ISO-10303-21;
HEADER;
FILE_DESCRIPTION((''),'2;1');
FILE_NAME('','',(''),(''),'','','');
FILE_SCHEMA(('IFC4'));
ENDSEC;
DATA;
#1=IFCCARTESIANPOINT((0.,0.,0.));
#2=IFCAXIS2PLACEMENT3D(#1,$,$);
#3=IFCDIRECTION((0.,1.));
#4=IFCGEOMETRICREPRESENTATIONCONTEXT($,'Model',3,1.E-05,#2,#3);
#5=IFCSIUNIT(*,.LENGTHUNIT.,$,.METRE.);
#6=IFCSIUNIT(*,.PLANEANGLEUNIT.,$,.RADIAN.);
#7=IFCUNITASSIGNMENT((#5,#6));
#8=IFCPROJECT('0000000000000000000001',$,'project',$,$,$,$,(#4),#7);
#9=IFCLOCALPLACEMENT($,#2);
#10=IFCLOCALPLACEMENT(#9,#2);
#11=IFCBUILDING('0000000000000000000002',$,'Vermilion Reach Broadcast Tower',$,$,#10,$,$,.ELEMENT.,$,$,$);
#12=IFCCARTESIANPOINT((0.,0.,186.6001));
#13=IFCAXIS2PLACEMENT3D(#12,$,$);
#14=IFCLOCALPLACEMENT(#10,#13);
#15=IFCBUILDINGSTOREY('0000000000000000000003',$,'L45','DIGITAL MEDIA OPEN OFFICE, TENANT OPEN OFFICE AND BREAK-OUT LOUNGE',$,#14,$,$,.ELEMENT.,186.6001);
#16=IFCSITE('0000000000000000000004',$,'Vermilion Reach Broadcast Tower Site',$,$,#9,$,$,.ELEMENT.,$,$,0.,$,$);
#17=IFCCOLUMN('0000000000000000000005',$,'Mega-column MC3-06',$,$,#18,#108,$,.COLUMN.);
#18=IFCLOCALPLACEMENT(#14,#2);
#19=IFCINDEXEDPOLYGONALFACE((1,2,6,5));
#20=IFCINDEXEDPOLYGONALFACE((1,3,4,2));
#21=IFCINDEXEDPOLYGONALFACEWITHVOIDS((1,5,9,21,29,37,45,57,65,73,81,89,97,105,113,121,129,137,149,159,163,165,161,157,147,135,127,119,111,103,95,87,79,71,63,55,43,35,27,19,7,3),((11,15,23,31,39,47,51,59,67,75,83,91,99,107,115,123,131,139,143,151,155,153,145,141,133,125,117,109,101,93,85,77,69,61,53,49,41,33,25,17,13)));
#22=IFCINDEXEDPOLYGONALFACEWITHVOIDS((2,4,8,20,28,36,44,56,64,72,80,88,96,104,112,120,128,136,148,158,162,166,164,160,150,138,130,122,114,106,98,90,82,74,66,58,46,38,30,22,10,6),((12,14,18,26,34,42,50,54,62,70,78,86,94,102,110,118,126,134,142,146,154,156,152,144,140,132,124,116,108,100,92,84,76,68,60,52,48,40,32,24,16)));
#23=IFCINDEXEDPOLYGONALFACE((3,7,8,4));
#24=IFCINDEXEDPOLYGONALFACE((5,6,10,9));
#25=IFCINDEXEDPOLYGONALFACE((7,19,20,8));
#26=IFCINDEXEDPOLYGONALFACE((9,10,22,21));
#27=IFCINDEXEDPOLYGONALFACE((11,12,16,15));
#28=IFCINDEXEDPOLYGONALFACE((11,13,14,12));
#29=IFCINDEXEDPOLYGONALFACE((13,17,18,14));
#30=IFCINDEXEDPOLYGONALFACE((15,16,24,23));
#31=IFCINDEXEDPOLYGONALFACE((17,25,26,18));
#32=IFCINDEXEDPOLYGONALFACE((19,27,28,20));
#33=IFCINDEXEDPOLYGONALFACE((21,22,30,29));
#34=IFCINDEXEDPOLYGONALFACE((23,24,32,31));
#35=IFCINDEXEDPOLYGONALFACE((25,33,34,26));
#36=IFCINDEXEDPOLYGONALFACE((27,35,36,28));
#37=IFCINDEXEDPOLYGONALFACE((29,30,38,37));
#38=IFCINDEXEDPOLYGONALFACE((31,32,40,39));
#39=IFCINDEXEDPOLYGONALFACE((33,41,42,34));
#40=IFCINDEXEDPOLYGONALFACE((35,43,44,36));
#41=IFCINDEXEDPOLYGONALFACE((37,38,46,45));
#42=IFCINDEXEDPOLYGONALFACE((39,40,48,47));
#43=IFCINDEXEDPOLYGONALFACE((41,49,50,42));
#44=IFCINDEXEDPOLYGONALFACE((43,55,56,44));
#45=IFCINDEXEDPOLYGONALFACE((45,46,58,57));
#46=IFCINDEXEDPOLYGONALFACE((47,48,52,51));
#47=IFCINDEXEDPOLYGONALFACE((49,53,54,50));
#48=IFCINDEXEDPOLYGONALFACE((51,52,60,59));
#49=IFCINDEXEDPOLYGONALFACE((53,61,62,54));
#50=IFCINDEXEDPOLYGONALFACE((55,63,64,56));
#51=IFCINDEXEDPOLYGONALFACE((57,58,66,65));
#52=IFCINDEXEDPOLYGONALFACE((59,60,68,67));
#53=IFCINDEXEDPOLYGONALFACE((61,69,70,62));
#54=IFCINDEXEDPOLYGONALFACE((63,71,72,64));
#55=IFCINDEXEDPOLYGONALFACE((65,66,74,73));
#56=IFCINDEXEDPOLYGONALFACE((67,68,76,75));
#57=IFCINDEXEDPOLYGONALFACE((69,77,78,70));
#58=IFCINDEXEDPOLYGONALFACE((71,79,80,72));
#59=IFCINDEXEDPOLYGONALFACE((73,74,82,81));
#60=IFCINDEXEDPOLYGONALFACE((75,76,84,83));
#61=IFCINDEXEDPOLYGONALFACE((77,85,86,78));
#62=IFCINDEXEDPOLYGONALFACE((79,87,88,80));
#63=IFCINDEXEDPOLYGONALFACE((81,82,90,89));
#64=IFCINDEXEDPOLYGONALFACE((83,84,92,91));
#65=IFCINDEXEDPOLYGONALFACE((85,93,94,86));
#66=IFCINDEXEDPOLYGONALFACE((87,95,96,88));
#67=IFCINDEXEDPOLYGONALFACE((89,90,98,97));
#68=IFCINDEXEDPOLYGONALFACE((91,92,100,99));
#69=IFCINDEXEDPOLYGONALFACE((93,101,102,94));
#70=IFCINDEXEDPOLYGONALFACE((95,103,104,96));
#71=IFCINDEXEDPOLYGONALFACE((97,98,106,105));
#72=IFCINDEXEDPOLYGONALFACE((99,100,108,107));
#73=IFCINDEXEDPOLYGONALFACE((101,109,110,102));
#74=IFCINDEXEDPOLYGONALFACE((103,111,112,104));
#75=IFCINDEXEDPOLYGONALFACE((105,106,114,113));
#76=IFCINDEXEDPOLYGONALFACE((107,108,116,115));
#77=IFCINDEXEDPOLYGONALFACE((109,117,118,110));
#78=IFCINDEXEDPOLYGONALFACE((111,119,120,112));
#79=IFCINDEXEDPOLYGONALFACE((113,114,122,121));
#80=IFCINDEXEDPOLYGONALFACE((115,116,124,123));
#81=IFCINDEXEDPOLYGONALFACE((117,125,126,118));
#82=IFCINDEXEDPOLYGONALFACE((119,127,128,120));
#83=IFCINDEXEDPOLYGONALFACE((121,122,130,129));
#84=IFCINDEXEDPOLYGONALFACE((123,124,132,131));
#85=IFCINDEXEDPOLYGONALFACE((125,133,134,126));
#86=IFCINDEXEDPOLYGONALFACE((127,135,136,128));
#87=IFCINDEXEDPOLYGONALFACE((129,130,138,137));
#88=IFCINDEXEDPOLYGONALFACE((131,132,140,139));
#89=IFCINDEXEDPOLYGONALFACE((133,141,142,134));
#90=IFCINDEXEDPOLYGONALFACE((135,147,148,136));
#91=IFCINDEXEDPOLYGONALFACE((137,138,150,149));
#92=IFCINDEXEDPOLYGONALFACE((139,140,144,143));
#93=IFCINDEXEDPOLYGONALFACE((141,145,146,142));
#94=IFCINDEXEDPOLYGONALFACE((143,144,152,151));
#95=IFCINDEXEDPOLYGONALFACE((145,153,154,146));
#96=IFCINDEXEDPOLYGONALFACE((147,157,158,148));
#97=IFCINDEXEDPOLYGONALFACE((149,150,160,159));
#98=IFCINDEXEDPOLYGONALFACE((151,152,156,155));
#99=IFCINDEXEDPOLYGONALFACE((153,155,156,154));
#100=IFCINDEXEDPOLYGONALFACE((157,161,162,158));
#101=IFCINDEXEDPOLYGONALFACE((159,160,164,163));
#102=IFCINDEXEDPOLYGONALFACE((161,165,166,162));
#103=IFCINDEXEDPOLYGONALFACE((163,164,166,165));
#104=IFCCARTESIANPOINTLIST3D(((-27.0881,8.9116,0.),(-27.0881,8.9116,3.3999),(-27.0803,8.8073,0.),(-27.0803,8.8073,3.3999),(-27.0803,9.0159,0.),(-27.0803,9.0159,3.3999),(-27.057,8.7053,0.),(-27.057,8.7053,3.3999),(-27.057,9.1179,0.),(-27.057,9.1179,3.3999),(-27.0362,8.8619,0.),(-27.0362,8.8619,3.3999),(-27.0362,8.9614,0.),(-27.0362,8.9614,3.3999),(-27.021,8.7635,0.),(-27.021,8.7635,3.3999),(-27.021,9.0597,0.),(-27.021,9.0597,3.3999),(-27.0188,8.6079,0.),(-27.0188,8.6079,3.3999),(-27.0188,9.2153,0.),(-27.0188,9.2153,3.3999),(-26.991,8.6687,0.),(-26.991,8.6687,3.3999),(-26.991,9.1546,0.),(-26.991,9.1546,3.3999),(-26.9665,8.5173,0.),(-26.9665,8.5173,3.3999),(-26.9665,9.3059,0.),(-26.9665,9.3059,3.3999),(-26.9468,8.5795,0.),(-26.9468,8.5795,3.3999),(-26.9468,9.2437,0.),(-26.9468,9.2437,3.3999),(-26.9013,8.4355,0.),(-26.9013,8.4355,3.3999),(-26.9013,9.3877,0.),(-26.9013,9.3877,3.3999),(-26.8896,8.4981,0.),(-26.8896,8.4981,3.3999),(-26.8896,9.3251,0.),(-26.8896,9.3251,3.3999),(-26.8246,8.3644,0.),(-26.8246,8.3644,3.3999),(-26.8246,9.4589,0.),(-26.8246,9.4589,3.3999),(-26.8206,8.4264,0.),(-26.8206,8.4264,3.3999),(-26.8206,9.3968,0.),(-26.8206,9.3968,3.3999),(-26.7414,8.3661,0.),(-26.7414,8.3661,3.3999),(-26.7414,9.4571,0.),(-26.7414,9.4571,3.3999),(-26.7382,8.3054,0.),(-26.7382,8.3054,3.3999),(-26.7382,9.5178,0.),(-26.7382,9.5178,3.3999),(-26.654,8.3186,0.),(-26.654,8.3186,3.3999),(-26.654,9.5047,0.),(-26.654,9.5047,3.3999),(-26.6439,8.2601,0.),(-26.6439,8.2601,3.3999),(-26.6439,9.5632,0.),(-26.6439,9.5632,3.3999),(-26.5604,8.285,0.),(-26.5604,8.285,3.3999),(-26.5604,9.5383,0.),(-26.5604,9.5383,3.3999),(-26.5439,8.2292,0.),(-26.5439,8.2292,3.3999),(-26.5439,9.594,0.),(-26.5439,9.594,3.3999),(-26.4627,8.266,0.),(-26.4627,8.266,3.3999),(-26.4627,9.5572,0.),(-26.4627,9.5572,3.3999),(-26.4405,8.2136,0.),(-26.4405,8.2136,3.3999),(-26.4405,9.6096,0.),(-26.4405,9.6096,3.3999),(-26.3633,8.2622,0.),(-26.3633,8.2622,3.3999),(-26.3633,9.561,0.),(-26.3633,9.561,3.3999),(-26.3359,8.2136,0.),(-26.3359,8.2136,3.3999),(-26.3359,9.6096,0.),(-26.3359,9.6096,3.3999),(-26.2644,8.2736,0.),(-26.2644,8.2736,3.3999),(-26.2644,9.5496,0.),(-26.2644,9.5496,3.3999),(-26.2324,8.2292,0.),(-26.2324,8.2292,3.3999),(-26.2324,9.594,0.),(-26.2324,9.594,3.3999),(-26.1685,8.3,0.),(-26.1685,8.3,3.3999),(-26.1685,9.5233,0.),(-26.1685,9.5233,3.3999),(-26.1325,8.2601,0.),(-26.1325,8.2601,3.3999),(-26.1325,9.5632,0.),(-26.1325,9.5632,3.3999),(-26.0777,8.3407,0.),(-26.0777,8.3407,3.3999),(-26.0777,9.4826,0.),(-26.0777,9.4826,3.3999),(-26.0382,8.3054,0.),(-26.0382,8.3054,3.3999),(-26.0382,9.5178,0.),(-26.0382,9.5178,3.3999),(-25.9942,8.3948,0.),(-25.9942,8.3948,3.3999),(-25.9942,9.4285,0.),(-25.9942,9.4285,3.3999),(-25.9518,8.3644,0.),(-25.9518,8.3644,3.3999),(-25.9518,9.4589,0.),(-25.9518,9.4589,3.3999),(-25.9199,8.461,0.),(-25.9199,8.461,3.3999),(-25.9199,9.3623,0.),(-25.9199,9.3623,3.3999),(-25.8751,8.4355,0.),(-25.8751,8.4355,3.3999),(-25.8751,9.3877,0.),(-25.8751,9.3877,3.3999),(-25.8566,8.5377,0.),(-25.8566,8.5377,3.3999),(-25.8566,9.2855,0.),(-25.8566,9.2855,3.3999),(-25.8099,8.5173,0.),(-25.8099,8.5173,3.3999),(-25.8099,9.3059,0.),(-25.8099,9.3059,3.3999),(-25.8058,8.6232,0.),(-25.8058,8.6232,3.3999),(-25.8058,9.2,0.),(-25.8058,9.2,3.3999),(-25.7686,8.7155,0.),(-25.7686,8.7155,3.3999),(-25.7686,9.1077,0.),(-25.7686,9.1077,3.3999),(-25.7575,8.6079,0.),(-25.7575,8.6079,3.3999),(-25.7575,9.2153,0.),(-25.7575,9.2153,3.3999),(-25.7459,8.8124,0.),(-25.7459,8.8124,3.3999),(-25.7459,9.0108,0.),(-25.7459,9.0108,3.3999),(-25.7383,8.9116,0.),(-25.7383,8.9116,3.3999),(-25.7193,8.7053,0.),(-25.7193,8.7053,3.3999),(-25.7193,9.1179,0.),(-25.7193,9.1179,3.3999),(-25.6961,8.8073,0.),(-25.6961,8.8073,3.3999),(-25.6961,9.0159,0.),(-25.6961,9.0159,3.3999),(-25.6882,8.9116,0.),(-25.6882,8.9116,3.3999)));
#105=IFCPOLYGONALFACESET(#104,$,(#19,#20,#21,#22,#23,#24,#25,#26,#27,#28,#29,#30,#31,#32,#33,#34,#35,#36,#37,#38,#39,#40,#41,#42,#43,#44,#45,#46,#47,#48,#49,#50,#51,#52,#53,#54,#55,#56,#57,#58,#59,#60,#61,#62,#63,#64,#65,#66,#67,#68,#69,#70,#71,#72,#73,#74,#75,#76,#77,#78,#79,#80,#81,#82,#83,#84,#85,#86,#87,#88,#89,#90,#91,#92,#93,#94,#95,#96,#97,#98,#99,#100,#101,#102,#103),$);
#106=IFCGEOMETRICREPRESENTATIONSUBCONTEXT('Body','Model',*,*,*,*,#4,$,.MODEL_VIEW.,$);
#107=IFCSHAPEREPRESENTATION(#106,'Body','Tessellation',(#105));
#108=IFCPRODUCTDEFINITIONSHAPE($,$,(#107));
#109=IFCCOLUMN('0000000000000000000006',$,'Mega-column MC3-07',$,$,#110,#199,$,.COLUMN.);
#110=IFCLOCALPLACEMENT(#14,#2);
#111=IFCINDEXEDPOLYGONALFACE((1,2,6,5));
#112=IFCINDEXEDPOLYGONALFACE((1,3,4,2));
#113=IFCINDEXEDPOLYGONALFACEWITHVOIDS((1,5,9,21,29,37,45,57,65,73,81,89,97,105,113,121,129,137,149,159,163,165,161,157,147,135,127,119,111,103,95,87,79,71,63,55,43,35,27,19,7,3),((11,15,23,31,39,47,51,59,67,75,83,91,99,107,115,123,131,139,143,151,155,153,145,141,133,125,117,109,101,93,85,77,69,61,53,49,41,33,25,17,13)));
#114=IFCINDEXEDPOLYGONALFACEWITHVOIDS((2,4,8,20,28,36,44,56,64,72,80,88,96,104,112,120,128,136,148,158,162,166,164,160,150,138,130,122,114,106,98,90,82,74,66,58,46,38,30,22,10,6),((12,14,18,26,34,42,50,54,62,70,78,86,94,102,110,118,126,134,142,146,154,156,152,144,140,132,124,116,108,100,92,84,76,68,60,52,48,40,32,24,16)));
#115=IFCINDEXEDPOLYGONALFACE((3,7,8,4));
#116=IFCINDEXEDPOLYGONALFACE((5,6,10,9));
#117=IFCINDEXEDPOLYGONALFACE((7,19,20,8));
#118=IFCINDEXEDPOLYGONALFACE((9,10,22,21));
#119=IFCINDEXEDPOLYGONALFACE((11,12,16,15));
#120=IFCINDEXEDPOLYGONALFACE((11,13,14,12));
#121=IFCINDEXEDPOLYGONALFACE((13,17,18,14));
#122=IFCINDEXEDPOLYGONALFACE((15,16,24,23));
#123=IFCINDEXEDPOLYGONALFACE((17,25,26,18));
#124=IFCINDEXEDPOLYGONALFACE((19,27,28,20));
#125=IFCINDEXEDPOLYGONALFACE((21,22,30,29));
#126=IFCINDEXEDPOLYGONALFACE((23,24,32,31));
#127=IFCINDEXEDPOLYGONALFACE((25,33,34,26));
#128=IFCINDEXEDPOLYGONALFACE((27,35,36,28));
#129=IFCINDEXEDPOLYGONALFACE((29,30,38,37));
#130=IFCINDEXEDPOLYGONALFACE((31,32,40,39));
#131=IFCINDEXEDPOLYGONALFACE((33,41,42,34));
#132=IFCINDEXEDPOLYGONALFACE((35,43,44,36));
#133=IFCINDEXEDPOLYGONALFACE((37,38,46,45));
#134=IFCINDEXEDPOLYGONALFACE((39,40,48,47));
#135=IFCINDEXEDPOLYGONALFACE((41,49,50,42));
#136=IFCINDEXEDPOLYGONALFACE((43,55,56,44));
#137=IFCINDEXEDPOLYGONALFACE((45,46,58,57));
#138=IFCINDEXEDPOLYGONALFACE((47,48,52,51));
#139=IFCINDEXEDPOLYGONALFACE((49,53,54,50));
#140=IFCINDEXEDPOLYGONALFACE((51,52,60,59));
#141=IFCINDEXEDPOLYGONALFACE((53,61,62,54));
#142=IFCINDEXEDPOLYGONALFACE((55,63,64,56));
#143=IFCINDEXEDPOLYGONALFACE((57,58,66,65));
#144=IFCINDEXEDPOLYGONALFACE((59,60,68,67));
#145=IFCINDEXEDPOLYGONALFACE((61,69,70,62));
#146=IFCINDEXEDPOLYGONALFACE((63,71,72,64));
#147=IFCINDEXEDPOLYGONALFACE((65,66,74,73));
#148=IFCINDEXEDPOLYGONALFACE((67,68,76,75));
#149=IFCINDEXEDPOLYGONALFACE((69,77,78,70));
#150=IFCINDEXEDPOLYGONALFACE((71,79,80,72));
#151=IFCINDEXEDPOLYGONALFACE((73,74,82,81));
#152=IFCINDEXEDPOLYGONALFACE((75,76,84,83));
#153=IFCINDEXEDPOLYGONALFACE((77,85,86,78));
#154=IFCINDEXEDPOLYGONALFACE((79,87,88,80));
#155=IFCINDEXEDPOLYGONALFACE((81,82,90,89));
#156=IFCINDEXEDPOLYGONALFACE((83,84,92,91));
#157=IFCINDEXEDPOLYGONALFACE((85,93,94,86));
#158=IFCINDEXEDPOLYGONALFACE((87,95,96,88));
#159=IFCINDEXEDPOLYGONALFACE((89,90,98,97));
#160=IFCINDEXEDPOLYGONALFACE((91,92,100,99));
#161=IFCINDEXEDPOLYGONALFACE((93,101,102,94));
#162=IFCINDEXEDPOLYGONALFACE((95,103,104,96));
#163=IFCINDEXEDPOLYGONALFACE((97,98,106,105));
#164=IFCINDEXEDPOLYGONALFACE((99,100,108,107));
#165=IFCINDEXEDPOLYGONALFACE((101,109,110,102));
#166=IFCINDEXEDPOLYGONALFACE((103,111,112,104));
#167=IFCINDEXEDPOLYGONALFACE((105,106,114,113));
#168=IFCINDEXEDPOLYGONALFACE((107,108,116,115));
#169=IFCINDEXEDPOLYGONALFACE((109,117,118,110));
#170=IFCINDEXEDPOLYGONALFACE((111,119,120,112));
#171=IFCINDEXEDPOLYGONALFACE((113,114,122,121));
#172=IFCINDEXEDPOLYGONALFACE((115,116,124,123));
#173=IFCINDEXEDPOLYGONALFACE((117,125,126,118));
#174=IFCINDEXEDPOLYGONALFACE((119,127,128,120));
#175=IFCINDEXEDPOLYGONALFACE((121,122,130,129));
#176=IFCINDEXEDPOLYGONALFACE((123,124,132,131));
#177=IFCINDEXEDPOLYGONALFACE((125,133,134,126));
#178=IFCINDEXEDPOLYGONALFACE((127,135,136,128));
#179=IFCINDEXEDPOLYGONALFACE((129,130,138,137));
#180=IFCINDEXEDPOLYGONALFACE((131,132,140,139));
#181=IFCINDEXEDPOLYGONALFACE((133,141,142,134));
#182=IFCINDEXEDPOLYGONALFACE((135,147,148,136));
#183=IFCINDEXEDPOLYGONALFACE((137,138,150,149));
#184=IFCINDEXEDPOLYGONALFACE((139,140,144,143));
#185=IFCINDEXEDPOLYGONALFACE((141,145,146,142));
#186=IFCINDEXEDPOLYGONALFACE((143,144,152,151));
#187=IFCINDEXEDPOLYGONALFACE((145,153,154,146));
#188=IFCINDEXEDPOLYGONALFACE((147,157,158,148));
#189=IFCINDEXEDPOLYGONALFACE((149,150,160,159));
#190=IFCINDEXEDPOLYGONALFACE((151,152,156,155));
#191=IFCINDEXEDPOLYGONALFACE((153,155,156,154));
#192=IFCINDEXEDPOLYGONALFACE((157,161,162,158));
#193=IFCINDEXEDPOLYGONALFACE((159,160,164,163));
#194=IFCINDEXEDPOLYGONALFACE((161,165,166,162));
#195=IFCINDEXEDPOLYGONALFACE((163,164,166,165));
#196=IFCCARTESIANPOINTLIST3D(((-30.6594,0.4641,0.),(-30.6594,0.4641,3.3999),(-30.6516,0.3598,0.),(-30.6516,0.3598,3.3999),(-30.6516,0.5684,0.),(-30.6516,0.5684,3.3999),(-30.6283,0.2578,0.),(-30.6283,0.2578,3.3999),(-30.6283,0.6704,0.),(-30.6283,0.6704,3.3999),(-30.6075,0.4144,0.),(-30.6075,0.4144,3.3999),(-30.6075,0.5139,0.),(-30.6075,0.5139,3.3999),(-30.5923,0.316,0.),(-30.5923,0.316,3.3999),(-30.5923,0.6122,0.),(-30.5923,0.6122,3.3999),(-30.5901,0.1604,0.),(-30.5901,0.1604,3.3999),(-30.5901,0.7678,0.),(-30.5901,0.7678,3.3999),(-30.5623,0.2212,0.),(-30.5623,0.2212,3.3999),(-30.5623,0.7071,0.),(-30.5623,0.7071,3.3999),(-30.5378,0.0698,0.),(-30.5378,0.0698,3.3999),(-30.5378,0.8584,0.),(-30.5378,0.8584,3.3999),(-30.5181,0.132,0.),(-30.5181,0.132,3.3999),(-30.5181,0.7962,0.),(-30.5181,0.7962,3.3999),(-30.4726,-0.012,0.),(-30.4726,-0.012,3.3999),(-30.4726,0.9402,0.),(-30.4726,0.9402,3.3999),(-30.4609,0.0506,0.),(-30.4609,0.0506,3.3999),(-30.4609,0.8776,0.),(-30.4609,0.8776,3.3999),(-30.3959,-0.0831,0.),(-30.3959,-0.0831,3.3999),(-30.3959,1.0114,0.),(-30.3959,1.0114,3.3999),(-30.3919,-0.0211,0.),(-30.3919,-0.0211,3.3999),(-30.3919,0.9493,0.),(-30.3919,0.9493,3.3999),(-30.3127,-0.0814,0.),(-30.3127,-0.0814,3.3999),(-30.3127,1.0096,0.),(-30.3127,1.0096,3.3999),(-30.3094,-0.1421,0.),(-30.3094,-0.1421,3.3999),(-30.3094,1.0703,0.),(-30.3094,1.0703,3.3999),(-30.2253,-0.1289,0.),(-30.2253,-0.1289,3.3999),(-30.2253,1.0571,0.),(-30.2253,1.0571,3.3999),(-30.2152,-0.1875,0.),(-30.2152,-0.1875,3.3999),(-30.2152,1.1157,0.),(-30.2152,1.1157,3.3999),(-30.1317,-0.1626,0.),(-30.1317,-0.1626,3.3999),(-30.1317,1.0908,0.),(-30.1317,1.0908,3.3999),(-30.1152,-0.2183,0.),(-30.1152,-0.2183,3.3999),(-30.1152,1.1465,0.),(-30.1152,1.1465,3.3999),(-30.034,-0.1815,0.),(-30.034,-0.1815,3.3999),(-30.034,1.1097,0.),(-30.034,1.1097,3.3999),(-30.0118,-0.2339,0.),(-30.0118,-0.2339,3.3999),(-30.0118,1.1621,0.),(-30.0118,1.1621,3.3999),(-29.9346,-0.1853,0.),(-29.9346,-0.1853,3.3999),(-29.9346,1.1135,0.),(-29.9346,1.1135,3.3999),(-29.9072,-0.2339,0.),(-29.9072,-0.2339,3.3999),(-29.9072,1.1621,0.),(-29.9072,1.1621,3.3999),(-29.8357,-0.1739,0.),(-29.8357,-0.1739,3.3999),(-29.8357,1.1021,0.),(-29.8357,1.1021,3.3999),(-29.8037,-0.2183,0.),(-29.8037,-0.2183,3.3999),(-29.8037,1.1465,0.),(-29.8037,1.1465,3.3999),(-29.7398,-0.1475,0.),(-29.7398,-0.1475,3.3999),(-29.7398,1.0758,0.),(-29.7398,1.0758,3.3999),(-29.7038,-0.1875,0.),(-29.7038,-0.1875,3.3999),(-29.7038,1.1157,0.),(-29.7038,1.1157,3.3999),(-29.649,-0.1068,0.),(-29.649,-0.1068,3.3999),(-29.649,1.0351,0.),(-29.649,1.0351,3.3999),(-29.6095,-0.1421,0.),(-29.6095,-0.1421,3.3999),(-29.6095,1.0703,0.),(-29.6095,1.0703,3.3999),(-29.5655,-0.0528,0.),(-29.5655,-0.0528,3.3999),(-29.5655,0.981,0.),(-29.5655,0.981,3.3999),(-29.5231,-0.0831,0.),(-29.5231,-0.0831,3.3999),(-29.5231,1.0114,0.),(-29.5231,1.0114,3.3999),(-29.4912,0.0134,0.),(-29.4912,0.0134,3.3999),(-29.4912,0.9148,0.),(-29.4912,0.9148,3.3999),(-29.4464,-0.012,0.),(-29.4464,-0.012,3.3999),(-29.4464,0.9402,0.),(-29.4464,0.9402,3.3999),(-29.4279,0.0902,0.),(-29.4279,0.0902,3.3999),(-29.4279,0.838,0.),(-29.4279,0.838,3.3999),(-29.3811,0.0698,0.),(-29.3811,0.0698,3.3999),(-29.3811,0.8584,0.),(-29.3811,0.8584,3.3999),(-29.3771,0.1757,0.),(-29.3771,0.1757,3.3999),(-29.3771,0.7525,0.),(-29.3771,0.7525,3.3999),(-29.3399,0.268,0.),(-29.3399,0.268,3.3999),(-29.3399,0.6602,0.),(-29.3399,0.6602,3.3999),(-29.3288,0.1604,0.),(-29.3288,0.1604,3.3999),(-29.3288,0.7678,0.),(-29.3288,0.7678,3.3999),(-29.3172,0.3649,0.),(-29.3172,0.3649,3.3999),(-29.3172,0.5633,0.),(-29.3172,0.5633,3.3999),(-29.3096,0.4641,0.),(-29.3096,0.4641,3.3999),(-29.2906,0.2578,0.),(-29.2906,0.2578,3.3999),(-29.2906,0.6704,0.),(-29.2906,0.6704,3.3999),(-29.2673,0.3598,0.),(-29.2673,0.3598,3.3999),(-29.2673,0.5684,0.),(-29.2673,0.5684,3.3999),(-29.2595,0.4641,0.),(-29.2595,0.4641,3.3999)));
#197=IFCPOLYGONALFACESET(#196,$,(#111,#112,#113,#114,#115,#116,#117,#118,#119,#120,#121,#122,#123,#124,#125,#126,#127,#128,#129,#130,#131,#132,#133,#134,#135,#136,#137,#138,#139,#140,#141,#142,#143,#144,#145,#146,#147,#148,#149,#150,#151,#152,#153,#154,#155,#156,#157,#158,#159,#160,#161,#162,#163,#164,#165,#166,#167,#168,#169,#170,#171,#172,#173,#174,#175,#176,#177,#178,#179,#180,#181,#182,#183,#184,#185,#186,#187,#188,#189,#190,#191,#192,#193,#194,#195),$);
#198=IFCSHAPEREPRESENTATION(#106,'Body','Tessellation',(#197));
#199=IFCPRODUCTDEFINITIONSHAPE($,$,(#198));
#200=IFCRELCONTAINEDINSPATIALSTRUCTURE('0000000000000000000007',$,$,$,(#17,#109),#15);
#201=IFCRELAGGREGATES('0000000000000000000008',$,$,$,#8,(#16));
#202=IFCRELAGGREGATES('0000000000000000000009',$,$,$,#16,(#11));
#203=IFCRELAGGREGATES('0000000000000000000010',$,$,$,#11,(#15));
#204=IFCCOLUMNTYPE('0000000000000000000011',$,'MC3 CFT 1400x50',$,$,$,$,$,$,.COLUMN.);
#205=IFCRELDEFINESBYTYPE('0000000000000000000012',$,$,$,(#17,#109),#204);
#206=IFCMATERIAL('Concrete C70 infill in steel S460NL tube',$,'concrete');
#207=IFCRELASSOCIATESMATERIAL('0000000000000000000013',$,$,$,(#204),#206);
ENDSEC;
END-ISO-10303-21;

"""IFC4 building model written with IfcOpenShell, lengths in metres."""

from ifc_helpers import new_model, si_unit, direction, frame, origin, origin_2d, place, context, subcontext, project, spatial, hollow_circle, extrude, material, material_profile, profile_set, type_object, element, save


model = new_model("IFC4")

# Units and contexts
model_context = context("Model", 3, precision=1e-05, world=origin(), true_north=direction((0.0, 1.0)))
body_context = subcontext(model_context, "Body", "Model", "MODEL_VIEW")
ifc_project = project(units=[si_unit("LENGTHUNIT", "METRE"), si_unit("PLANEANGLEUNIT", "RADIAN")], contexts=[model_context])

# Site, building, storey
site_placement = place(None, origin())
site = spatial("IfcSite", under=ifc_project, at=site_placement, Name="Vermilion Reach Broadcast Tower Site", CompositionType="ELEMENT", RefElevation=0.0)
building_placement = place(site_placement, origin())
building = spatial("IfcBuilding", under=site, at=building_placement, Name="Vermilion Reach Broadcast Tower", CompositionType="ELEMENT")
storey_placement = place(building_placement, frame((0.0, 0.0, 186.6001)))
storey = spatial("IfcBuildingStorey", under=building, at=storey_placement, Name="L45", Description="DIGITAL MEDIA OPEN OFFICE, TENANT OPEN OFFICE AND BREAK-OUT LOUNGE", CompositionType="ELEMENT", Elevation=186.6001)

# Columns
ifc_material_1 = material(Name="Concrete C70 infill in steel S460NL tube", Category="concrete")
ifc_material_profile_1 = material_profile(ifc_material_1, hollow_circle(Radius=0.7, WallThickness=0.05, at=origin_2d()), Name="Concrete C70 infill in steel S460NL tube CFT 1400x50")
ifc_profile_set_1 = profile_set([ifc_material_profile_1], Name="Concrete C70 infill in steel S460NL tube")
column_type = type_object("IfcColumnType", Name="MC3 CFT 1400x50", PredefinedType="COLUMN", material=ifc_profile_set_1)
for number, where, z_axis, x_axis, name in (
    (1, (-26.3882, 8.9116, 0.0), (0.0, 0.0, 1.0), (1.0, 0.0, 0.0), "Mega-column MC3-06"),
    (2, (-29.9595, 0.4641, 0.0), (0.0, 0.0, 1.0), (1.0, 0.0, 0.0), "Mega-column MC3-07"),
):
    element("IfcColumn", number, at=place(storey_placement, frame(where, z_axis=z_axis, x_axis=x_axis)), inside=storey, type_object=column_type, Name=name, PredefinedType="COLUMN", context=body_context, shape_type="SweptSolid", body=[
        extrude(hollow_circle(Radius=0.7, WallThickness=0.05, at=origin_2d()), origin(), (0.0, 0.0, 1.0), 3.3999),
    ])

save(model, "model.ifc")
